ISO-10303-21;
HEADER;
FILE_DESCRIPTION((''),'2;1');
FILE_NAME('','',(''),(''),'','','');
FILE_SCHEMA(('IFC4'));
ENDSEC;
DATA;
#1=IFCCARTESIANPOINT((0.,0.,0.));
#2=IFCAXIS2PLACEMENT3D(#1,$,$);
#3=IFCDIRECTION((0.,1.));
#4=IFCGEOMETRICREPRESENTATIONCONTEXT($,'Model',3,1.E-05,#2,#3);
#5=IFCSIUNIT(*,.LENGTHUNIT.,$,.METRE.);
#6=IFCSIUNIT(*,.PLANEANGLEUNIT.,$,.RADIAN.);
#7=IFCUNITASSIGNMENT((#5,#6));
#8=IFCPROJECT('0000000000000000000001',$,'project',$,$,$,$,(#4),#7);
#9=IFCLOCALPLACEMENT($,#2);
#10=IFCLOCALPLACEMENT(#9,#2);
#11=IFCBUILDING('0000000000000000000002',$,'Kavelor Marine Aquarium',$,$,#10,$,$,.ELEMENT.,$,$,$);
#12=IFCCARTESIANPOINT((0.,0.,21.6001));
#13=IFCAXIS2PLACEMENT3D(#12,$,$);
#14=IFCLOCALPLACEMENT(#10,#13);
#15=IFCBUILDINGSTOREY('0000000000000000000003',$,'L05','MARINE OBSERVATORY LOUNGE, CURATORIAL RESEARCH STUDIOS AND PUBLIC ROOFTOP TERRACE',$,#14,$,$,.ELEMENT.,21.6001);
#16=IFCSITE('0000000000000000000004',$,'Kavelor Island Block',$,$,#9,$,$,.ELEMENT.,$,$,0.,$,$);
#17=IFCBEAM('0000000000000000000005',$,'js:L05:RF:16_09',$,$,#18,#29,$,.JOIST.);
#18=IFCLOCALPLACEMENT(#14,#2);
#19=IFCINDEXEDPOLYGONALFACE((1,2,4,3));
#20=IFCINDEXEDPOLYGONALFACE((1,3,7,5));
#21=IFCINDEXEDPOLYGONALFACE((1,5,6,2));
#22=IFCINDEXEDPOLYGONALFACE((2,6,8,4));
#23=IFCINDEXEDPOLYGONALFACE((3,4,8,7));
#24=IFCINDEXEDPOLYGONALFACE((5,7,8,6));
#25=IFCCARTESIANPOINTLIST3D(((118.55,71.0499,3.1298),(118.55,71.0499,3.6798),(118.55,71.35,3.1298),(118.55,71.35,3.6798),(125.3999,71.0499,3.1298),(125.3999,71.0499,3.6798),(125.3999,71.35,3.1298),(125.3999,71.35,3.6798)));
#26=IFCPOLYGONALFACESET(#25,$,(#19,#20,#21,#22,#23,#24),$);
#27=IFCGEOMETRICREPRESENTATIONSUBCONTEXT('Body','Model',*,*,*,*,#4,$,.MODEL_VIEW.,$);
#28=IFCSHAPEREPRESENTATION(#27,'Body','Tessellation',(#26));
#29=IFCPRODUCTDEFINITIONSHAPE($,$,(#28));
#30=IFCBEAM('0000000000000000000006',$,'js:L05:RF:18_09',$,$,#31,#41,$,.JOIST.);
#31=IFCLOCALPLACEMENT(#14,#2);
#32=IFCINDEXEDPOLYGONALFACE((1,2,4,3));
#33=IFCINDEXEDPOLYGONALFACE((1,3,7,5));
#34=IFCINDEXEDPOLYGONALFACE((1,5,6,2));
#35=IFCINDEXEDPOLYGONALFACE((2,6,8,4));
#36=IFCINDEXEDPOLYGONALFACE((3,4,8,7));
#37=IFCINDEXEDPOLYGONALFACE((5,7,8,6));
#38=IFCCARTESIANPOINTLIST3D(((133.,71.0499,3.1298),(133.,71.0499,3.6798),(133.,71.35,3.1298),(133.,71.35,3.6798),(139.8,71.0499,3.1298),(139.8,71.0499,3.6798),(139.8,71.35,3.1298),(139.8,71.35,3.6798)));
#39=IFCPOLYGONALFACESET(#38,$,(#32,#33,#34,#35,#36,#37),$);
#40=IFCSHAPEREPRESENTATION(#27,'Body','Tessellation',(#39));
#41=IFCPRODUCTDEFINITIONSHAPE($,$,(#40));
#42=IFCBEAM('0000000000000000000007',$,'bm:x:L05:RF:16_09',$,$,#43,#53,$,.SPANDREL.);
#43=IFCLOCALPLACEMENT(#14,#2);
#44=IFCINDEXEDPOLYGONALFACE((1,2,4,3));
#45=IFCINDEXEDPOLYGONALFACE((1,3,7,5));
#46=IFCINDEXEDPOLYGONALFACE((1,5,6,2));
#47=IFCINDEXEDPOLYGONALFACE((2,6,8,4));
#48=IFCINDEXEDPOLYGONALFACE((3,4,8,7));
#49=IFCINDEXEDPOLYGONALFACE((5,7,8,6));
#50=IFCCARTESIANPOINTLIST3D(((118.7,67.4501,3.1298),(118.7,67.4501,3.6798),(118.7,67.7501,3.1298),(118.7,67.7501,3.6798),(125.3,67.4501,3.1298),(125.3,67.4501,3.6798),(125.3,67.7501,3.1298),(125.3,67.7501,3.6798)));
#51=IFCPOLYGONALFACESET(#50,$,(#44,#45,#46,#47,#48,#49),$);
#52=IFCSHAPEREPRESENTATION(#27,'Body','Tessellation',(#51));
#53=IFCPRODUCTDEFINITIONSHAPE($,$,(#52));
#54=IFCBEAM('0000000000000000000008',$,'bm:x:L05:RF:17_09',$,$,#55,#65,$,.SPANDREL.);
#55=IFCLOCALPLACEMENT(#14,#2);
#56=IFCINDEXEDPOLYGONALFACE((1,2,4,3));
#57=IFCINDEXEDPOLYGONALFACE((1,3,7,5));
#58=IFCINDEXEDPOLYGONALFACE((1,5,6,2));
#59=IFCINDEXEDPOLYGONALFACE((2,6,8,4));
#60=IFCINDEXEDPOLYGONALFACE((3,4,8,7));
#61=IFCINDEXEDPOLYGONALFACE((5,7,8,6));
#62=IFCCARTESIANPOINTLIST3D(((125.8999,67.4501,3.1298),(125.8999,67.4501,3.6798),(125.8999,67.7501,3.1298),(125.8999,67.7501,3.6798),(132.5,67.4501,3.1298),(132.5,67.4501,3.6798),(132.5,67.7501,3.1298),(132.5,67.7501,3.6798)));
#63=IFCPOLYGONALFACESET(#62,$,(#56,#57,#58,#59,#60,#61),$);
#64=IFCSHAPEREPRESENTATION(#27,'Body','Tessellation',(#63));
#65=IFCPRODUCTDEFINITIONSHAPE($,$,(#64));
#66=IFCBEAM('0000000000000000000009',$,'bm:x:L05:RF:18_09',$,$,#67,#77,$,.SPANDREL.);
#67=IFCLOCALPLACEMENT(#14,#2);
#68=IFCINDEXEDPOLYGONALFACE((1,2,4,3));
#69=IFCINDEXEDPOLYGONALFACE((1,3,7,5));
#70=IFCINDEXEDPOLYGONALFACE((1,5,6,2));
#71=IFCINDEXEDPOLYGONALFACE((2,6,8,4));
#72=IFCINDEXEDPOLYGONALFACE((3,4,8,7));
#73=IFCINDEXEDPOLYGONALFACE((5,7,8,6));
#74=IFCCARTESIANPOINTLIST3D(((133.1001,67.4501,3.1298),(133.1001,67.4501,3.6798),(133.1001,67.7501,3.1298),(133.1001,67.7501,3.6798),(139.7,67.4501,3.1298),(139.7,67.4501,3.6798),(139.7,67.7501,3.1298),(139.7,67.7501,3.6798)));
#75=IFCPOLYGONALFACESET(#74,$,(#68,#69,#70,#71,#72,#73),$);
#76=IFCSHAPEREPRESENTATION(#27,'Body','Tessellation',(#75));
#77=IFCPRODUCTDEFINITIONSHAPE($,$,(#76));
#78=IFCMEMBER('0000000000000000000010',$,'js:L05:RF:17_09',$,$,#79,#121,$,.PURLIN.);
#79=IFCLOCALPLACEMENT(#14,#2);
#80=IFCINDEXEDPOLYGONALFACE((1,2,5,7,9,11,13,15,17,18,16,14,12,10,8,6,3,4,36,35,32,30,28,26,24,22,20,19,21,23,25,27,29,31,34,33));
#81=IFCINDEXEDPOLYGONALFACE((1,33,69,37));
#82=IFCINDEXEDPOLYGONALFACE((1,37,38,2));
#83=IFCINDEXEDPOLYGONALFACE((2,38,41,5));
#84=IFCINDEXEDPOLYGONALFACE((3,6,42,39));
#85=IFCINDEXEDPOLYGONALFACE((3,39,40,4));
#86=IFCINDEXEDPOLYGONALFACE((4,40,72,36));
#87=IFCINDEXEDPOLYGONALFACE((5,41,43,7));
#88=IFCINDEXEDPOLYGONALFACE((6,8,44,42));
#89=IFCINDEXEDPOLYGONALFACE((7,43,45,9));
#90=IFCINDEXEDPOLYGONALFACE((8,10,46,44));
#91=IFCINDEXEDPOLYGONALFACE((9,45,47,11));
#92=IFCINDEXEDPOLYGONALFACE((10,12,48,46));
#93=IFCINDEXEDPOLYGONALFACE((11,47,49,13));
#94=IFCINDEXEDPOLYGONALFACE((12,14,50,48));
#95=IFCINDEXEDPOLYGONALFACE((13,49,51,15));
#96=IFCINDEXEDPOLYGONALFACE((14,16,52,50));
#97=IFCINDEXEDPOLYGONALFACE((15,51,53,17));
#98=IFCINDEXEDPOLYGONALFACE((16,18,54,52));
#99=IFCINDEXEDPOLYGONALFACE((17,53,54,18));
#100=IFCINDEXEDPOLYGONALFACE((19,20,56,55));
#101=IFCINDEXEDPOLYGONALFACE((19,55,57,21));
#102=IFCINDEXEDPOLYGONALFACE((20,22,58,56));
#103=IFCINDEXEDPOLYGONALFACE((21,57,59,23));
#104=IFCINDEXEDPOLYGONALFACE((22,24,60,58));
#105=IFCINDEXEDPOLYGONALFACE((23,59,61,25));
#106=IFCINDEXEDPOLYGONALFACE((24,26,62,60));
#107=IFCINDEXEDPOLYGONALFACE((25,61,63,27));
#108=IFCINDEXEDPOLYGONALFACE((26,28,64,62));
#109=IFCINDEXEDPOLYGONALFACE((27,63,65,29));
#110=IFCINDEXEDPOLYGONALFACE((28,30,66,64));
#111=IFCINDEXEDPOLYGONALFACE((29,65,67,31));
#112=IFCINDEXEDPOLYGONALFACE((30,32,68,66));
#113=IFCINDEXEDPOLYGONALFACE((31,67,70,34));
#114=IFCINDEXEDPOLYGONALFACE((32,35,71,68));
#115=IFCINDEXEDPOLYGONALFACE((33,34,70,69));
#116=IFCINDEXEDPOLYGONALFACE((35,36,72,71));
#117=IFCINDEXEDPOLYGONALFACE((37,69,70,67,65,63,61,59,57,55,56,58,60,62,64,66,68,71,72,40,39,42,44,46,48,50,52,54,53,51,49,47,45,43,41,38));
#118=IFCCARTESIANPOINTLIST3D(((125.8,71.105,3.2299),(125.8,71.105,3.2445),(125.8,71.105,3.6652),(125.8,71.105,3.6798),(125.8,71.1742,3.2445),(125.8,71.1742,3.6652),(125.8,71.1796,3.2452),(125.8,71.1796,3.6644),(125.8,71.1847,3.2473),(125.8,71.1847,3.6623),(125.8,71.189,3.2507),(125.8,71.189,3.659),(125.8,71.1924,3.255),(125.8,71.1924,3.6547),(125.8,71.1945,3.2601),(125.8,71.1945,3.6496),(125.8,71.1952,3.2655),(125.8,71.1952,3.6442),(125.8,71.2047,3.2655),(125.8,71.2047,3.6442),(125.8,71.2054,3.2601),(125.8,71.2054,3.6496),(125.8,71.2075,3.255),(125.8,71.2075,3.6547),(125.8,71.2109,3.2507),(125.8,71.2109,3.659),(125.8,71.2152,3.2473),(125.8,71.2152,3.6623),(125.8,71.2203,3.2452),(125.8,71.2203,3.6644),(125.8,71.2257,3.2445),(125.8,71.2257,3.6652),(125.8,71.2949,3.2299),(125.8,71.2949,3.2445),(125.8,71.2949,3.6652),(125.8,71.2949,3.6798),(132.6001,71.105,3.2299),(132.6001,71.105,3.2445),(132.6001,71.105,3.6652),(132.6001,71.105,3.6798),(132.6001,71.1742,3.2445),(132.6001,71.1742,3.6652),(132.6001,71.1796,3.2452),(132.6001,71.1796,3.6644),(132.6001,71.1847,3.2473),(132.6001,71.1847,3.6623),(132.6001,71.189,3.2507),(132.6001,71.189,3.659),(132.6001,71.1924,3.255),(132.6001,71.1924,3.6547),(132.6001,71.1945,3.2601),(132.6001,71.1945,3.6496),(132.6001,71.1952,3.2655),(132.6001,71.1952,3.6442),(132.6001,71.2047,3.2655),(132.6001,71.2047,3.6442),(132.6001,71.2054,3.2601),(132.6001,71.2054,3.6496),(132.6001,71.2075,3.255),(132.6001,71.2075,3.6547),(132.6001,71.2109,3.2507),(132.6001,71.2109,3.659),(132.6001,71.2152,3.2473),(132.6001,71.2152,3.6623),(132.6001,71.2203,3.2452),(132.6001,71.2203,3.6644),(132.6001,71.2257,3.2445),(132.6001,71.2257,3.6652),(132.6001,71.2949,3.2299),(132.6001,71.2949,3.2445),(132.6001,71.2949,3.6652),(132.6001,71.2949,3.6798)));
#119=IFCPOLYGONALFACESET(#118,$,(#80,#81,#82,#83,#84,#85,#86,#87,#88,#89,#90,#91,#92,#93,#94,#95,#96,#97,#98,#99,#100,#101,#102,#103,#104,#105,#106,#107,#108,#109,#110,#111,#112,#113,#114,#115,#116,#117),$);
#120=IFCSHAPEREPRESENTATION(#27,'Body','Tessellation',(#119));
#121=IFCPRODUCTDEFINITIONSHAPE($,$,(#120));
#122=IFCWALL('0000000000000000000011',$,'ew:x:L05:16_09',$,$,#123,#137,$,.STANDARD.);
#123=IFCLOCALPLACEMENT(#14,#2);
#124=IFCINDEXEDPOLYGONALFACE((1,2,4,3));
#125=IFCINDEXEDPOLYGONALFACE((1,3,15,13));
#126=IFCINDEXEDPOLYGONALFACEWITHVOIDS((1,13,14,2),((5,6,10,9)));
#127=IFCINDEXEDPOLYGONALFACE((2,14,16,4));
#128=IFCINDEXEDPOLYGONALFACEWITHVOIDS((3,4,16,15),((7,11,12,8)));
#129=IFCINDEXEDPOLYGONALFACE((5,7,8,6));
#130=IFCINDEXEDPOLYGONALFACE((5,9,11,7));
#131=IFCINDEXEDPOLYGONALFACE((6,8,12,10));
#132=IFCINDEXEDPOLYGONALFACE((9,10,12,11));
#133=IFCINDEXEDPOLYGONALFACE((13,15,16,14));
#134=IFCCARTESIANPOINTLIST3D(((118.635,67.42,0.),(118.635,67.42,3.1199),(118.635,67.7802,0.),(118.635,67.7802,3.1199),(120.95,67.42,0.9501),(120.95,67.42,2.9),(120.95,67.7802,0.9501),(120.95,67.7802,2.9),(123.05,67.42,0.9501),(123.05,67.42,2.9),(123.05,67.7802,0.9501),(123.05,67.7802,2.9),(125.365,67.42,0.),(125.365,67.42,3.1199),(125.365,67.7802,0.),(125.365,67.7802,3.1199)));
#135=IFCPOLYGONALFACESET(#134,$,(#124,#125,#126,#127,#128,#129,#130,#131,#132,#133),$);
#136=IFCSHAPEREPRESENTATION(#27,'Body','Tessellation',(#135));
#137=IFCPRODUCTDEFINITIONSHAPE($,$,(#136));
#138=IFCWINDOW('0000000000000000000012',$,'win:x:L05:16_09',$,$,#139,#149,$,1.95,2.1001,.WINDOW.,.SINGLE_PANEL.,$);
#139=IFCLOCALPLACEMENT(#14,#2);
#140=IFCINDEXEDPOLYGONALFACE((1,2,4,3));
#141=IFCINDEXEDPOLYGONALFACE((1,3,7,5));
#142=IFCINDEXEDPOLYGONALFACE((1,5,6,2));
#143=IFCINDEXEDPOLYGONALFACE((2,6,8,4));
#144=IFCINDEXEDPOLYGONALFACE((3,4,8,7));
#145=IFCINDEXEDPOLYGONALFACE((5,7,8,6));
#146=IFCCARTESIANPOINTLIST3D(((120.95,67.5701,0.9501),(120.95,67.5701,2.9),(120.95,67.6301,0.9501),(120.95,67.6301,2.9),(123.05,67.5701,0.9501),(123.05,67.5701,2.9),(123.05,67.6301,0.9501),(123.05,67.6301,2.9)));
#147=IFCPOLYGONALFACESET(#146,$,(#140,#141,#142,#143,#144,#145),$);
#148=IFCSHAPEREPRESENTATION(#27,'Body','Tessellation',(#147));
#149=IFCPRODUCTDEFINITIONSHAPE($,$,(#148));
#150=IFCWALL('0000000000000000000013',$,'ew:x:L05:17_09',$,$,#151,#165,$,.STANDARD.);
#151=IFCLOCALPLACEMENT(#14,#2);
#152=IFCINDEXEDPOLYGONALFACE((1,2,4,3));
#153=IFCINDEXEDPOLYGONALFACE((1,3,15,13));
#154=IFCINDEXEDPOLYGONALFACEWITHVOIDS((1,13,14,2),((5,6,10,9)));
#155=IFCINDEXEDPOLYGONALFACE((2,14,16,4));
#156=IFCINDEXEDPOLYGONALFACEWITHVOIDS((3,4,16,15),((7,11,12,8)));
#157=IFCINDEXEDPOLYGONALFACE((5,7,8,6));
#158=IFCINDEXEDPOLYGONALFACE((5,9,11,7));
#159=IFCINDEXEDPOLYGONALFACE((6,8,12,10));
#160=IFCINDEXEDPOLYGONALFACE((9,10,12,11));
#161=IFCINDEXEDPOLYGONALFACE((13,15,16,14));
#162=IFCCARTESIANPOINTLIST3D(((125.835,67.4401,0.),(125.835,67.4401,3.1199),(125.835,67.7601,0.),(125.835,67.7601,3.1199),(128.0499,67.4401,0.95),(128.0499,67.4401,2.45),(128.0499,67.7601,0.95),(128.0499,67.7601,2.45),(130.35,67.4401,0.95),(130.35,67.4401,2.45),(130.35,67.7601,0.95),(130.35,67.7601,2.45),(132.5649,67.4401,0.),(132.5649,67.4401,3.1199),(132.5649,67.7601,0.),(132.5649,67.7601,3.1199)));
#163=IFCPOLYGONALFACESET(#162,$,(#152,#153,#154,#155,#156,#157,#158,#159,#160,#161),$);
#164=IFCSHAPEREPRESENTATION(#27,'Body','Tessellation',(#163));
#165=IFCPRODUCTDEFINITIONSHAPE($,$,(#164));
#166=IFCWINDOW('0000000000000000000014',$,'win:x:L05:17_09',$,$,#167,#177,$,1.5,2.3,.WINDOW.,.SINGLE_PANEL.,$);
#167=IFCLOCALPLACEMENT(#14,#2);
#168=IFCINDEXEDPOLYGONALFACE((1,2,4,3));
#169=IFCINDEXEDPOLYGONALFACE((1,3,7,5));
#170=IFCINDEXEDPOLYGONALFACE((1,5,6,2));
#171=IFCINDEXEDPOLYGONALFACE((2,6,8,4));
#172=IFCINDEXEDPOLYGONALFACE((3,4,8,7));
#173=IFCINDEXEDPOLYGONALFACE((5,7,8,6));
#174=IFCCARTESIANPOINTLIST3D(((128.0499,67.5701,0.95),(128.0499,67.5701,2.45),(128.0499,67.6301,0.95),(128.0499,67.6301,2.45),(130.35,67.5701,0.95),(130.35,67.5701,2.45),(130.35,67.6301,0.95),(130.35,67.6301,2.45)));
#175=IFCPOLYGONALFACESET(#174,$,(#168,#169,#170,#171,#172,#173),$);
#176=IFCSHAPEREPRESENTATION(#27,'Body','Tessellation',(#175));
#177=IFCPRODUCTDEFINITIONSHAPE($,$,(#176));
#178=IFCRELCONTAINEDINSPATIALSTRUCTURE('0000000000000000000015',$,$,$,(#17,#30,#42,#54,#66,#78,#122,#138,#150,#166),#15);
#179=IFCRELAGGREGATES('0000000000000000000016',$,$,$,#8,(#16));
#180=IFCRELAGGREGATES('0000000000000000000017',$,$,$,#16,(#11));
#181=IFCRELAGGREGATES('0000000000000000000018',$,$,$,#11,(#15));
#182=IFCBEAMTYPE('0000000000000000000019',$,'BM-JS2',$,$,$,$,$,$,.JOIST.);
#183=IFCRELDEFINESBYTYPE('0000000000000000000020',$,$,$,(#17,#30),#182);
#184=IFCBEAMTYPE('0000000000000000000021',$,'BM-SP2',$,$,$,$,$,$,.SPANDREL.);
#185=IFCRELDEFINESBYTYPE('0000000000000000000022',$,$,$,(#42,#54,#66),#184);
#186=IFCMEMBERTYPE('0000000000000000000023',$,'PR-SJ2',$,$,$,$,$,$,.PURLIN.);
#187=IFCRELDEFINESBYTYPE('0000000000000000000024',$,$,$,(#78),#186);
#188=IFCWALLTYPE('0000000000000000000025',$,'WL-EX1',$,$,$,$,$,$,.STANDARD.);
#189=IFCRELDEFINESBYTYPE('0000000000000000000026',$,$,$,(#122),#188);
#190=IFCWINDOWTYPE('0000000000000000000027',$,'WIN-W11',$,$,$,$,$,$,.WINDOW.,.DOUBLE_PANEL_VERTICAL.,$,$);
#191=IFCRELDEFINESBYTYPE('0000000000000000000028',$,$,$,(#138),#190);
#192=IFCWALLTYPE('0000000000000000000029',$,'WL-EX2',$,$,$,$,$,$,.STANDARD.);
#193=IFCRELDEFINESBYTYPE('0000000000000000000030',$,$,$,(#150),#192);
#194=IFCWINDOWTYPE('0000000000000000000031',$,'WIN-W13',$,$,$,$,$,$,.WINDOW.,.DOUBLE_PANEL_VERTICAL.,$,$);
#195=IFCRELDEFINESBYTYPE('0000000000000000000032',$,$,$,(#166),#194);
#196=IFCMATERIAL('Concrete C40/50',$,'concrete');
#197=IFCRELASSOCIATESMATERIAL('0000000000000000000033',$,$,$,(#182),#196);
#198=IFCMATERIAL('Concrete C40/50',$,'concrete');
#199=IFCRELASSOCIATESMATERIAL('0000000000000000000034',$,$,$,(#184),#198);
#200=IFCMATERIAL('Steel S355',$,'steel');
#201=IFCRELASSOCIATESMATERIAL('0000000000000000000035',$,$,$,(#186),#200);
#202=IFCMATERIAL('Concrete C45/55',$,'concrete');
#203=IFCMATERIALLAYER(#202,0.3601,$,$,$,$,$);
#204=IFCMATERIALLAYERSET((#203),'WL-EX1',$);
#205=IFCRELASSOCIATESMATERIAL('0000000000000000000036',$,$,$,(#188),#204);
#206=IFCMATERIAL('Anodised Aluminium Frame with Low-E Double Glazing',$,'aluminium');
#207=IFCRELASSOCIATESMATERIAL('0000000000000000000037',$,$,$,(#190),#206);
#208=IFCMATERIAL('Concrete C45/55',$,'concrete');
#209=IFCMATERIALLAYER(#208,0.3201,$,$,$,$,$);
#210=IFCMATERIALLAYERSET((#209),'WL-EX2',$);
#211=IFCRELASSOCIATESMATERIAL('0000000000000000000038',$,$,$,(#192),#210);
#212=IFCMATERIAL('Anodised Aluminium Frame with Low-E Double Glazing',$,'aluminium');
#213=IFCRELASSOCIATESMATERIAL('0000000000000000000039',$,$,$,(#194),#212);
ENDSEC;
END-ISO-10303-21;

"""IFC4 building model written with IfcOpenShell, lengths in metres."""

from ifc_helpers import new_model, si_unit, direction, frame, frame_2d, origin, origin_2d, place, context, subcontext, project, spatial, rectangle, i_section, extrude, material, layer, layer_set, material_profile, profile_set, type_object, element, fill, save


model = new_model("IFC4")

# Units and contexts
model_context = context("Model", 3, precision=1e-05, world=origin(), true_north=direction((0.0, 1.0)))
body_context = subcontext(model_context, "Body", "Model", "MODEL_VIEW")
ifc_project = project(units=[si_unit("LENGTHUNIT", "METRE"), si_unit("PLANEANGLEUNIT", "RADIAN")], contexts=[model_context])

# Site, building, storey
site_placement = place(None, origin())
site = spatial("IfcSite", under=ifc_project, at=site_placement, Name="Kavelor Island Block", CompositionType="ELEMENT", RefElevation=0.0)
building_placement = place(site_placement, origin())
building = spatial("IfcBuilding", under=site, at=building_placement, Name="Kavelor Marine Aquarium", CompositionType="ELEMENT")
storey_placement = place(building_placement, frame((0.0, 0.0, 21.6001)))
storey = spatial("IfcBuildingStorey", under=building, at=storey_placement, Name="L05", Description="MARINE OBSERVATORY LOUNGE, CURATORIAL RESEARCH STUDIOS AND PUBLIC ROOFTOP TERRACE", CompositionType="ELEMENT", Elevation=21.6001)

# Beams
ifc_material_1 = material(Name="Concrete C40/50", Category="concrete")
ifc_material_profile_1 = material_profile(ifc_material_1, rectangle(XDim=0.3, YDim=0.55, at=origin_2d()), Name="RC-JS 300x550")
ifc_profile_set_1 = profile_set([ifc_material_profile_1], Name="Concrete C40/50")
beam_type_1 = type_object("IfcBeamType", Name="BM-JS2", PredefinedType="JOIST", material=ifc_profile_set_1)
beam_1_placement = place(storey_placement, frame((118.55, 71.2, 3.4048), z_axis=(1.0, 0.0, 0.0), x_axis=(0.0, 1.0, 0.0)))
element("IfcBeam", 1, at=beam_1_placement, inside=storey, type_object=beam_type_1, Name="js:L05:RF:16_09", PredefinedType="JOIST", context=body_context, shape_type="SweptSolid", body=[
    extrude(rectangle(XDim=0.3, YDim=0.55, at=origin_2d()), origin(), (0.0, 0.0, 1.0), 6.8499),
])
beam_2_placement = place(storey_placement, frame((133.0, 71.2, 3.4048), z_axis=(1.0, 0.0, 0.0), x_axis=(0.0, 1.0, 0.0)))
element("IfcBeam", 2, at=beam_2_placement, inside=storey, type_object=beam_type_1, Name="js:L05:RF:18_09", PredefinedType="JOIST", context=body_context, shape_type="SweptSolid", body=[
    extrude(rectangle(XDim=0.3, YDim=0.55, at=origin_2d()), origin(), (0.0, 0.0, 1.0), 6.8),
])
ifc_material_2 = material(Name="Concrete C40/50", Category="concrete")
ifc_material_profile_2 = material_profile(ifc_material_2, rectangle(XDim=0.3, YDim=0.55, at=origin_2d()), Name="RC-SP 300x550")
ifc_profile_set_2 = profile_set([ifc_material_profile_2], Name="Concrete C40/50")
beam_type_2 = type_object("IfcBeamType", Name="BM-SP2", PredefinedType="SPANDREL", material=ifc_profile_set_2)
for number, where, z_axis, x_axis, name in (
    (3, (118.7, 67.6001, 3.4048), (1.0, 0.0, 0.0), (0.0, 1.0, 0.0), "bm:x:L05:RF:16_09"),
    (4, (125.8999, 67.6001, 3.4048), (1.0, 0.0, 0.0), (0.0, 1.0, 0.0), "bm:x:L05:RF:17_09"),
):
    element("IfcBeam", number, at=place(storey_placement, frame(where, z_axis=z_axis, x_axis=x_axis)), inside=storey, type_object=beam_type_2, Name=name, PredefinedType="SPANDREL", context=body_context, shape_type="SweptSolid", body=[
        extrude(rectangle(XDim=0.3, YDim=0.55, at=origin_2d()), origin(), (0.0, 0.0, 1.0), 6.6001),
    ])
beam_3_placement = place(storey_placement, frame((133.1001, 67.6001, 3.4048), z_axis=(1.0, 0.0, 0.0), x_axis=(0.0, 1.0, 0.0)))
element("IfcBeam", 5, at=beam_3_placement, inside=storey, type_object=beam_type_2, Name="bm:x:L05:RF:18_09", PredefinedType="SPANDREL", context=body_context, shape_type="SweptSolid", body=[
    extrude(rectangle(XDim=0.3, YDim=0.55, at=origin_2d()), origin(), (0.0, 0.0, 1.0), 6.5999),
])

# Member
ifc_material_3 = material(Name="Steel S355", Category="steel")
ifc_material_profile_3 = material_profile(ifc_material_3, i_section(OverallWidth=0.1899, OverallDepth=0.45, WebThickness=0.0095, FlangeThickness=0.0146, FilletRadius=0.021, at=origin_2d()), Name="IPE 450")
ifc_profile_set_3 = profile_set([ifc_material_profile_3], Name="Steel S355")
member_type = type_object("IfcMemberType", Name="PR-SJ2", PredefinedType="PURLIN", material=ifc_profile_set_3)
member_placement = place(storey_placement, frame((125.8, 71.2, 3.4548), z_axis=(1.0, 0.0, 0.0), x_axis=(0.0, 1.0, 0.0)))
element("IfcMember", 6, at=member_placement, inside=storey, type_object=member_type, Name="js:L05:RF:17_09", PredefinedType="PURLIN", context=body_context, shape_type="SweptSolid", body=[
    extrude(i_section(OverallWidth=0.1899, OverallDepth=0.45, WebThickness=0.0095, FlangeThickness=0.0146, FilletRadius=0.021, at=origin_2d()), origin(), (0.0, 0.0, 1.0), 6.8),
])

# Walls, openings, windows
ifc_material_4 = material(Name="Concrete C45/55", Category="concrete")
ifc_layer_1 = layer(ifc_material_4, 0.3601)
ifc_layer_set_1 = layer_set([ifc_layer_1], Name="WL-EX1")
wall_type_1 = type_object("IfcWallType", Name="WL-EX1", PredefinedType="STANDARD", material=ifc_layer_set_1)
wall_1_placement = place(storey_placement, frame((125.365, 67.6001, 0.0), z_axis=(0.0, 0.0, 1.0), x_axis=(-1.0, 0.0, 0.0)))
wall_1 = element("IfcWall", 7, at=wall_1_placement, inside=storey, type_object=wall_type_1, Name="ew:x:L05:16_09", PredefinedType="STANDARD", context=body_context, shape_type="SweptSolid", body=[
    extrude(rectangle(XDim=6.73, YDim=0.3601, at=frame_2d((3.365, 0.0))), origin(), (0.0, 0.0, 1.0), 3.1199),
])
opening_1_placement = place(wall_1_placement, frame((2.3149, 0.0, 0.95)))
opening_1 = element("IfcOpeningElement", 8, at=opening_1_placement, cuts=wall_1, PredefinedType="OPENING", context=body_context, shape_type="SweptSolid", body=[
    extrude(rectangle(XDim=2.1001, YDim=1.95, at=frame_2d((1.05, 0.9751))), frame((0.0, 0.1899, 0.0), z_axis=(0.0, -1.0, 0.0), x_axis=(1.0, 0.0, 0.0)), (0.0, 0.0, 1.0), 0.3801),
])
ifc_material_5 = material(Name="Anodised Aluminium Frame with Low-E Double Glazing", Category="aluminium")
window_type_1 = type_object("IfcWindowType", Name="WIN-W11", PartitioningType="DOUBLE_PANEL_VERTICAL", PredefinedType="WINDOW", material=ifc_material_5)
window_1_placement = place(opening_1_placement, origin())
window_1 = element("IfcWindow", 9, at=window_1_placement, inside=storey, type_object=window_type_1, Name="win:x:L05:16_09", OverallHeight=1.95, OverallWidth=2.1001, PartitioningType="SINGLE_PANEL", PredefinedType="WINDOW", context=body_context, shape_type="SweptSolid", body=[
    extrude(rectangle(XDim=2.1001, YDim=1.95, at=frame_2d((1.05, 0.9751))), frame((0.0, 0.03, 0.0), z_axis=(0.0, -1.0, 0.0), x_axis=(1.0, 0.0, 0.0)), (0.0, 0.0, 1.0), 0.0601),
])
fill(opening_1, window_1)
ifc_material_6 = material(Name="Concrete C45/55", Category="concrete")
ifc_layer_2 = layer(ifc_material_6, 0.3201)
ifc_layer_set_2 = layer_set([ifc_layer_2], Name="WL-EX2")
wall_type_2 = type_object("IfcWallType", Name="WL-EX2", PredefinedType="STANDARD", material=ifc_layer_set_2)
wall_2_placement = place(storey_placement, frame((132.5649, 67.6001, 0.0), z_axis=(0.0, 0.0, 1.0), x_axis=(-1.0, 0.0, 0.0)))
wall_2 = element("IfcWall", 10, at=wall_2_placement, inside=storey, type_object=wall_type_2, Name="ew:x:L05:17_09", PredefinedType="STANDARD", context=body_context, shape_type="SweptSolid", body=[
    extrude(rectangle(XDim=6.73, YDim=0.3201, at=frame_2d((3.365, 0.0))), origin(), (0.0, 0.0, 1.0), 3.1199),
])
opening_2_placement = place(wall_2_placement, frame((2.2151, 0.0, 0.95)))
opening_2 = element("IfcOpeningElement", 11, at=opening_2_placement, cuts=wall_2, PredefinedType="OPENING", context=body_context, shape_type="SweptSolid", body=[
    extrude(rectangle(XDim=2.3, YDim=1.5, at=frame_2d((1.1499, 0.75))), frame((0.0, 0.1699, 0.0), z_axis=(0.0, -1.0, 0.0), x_axis=(1.0, 0.0, 0.0)), (0.0, 0.0, 1.0), 0.3401),
])
ifc_material_7 = material(Name="Anodised Aluminium Frame with Low-E Double Glazing", Category="aluminium")
window_type_2 = type_object("IfcWindowType", Name="WIN-W13", PartitioningType="DOUBLE_PANEL_VERTICAL", PredefinedType="WINDOW", material=ifc_material_7)
window_2_placement = place(opening_2_placement, origin())
window_2 = element("IfcWindow", 12, at=window_2_placement, inside=storey, type_object=window_type_2, Name="win:x:L05:17_09", OverallHeight=1.5, OverallWidth=2.3, PartitioningType="SINGLE_PANEL", PredefinedType="WINDOW", context=body_context, shape_type="SweptSolid", body=[
    extrude(rectangle(XDim=2.3, YDim=1.5, at=frame_2d((1.1499, 0.75))), frame((0.0, 0.03, 0.0), z_axis=(0.0, -1.0, 0.0), x_axis=(1.0, 0.0, 0.0)), (0.0, 0.0, 1.0), 0.0601),
])
fill(opening_2, window_2)

save(model, "model.ifc")
